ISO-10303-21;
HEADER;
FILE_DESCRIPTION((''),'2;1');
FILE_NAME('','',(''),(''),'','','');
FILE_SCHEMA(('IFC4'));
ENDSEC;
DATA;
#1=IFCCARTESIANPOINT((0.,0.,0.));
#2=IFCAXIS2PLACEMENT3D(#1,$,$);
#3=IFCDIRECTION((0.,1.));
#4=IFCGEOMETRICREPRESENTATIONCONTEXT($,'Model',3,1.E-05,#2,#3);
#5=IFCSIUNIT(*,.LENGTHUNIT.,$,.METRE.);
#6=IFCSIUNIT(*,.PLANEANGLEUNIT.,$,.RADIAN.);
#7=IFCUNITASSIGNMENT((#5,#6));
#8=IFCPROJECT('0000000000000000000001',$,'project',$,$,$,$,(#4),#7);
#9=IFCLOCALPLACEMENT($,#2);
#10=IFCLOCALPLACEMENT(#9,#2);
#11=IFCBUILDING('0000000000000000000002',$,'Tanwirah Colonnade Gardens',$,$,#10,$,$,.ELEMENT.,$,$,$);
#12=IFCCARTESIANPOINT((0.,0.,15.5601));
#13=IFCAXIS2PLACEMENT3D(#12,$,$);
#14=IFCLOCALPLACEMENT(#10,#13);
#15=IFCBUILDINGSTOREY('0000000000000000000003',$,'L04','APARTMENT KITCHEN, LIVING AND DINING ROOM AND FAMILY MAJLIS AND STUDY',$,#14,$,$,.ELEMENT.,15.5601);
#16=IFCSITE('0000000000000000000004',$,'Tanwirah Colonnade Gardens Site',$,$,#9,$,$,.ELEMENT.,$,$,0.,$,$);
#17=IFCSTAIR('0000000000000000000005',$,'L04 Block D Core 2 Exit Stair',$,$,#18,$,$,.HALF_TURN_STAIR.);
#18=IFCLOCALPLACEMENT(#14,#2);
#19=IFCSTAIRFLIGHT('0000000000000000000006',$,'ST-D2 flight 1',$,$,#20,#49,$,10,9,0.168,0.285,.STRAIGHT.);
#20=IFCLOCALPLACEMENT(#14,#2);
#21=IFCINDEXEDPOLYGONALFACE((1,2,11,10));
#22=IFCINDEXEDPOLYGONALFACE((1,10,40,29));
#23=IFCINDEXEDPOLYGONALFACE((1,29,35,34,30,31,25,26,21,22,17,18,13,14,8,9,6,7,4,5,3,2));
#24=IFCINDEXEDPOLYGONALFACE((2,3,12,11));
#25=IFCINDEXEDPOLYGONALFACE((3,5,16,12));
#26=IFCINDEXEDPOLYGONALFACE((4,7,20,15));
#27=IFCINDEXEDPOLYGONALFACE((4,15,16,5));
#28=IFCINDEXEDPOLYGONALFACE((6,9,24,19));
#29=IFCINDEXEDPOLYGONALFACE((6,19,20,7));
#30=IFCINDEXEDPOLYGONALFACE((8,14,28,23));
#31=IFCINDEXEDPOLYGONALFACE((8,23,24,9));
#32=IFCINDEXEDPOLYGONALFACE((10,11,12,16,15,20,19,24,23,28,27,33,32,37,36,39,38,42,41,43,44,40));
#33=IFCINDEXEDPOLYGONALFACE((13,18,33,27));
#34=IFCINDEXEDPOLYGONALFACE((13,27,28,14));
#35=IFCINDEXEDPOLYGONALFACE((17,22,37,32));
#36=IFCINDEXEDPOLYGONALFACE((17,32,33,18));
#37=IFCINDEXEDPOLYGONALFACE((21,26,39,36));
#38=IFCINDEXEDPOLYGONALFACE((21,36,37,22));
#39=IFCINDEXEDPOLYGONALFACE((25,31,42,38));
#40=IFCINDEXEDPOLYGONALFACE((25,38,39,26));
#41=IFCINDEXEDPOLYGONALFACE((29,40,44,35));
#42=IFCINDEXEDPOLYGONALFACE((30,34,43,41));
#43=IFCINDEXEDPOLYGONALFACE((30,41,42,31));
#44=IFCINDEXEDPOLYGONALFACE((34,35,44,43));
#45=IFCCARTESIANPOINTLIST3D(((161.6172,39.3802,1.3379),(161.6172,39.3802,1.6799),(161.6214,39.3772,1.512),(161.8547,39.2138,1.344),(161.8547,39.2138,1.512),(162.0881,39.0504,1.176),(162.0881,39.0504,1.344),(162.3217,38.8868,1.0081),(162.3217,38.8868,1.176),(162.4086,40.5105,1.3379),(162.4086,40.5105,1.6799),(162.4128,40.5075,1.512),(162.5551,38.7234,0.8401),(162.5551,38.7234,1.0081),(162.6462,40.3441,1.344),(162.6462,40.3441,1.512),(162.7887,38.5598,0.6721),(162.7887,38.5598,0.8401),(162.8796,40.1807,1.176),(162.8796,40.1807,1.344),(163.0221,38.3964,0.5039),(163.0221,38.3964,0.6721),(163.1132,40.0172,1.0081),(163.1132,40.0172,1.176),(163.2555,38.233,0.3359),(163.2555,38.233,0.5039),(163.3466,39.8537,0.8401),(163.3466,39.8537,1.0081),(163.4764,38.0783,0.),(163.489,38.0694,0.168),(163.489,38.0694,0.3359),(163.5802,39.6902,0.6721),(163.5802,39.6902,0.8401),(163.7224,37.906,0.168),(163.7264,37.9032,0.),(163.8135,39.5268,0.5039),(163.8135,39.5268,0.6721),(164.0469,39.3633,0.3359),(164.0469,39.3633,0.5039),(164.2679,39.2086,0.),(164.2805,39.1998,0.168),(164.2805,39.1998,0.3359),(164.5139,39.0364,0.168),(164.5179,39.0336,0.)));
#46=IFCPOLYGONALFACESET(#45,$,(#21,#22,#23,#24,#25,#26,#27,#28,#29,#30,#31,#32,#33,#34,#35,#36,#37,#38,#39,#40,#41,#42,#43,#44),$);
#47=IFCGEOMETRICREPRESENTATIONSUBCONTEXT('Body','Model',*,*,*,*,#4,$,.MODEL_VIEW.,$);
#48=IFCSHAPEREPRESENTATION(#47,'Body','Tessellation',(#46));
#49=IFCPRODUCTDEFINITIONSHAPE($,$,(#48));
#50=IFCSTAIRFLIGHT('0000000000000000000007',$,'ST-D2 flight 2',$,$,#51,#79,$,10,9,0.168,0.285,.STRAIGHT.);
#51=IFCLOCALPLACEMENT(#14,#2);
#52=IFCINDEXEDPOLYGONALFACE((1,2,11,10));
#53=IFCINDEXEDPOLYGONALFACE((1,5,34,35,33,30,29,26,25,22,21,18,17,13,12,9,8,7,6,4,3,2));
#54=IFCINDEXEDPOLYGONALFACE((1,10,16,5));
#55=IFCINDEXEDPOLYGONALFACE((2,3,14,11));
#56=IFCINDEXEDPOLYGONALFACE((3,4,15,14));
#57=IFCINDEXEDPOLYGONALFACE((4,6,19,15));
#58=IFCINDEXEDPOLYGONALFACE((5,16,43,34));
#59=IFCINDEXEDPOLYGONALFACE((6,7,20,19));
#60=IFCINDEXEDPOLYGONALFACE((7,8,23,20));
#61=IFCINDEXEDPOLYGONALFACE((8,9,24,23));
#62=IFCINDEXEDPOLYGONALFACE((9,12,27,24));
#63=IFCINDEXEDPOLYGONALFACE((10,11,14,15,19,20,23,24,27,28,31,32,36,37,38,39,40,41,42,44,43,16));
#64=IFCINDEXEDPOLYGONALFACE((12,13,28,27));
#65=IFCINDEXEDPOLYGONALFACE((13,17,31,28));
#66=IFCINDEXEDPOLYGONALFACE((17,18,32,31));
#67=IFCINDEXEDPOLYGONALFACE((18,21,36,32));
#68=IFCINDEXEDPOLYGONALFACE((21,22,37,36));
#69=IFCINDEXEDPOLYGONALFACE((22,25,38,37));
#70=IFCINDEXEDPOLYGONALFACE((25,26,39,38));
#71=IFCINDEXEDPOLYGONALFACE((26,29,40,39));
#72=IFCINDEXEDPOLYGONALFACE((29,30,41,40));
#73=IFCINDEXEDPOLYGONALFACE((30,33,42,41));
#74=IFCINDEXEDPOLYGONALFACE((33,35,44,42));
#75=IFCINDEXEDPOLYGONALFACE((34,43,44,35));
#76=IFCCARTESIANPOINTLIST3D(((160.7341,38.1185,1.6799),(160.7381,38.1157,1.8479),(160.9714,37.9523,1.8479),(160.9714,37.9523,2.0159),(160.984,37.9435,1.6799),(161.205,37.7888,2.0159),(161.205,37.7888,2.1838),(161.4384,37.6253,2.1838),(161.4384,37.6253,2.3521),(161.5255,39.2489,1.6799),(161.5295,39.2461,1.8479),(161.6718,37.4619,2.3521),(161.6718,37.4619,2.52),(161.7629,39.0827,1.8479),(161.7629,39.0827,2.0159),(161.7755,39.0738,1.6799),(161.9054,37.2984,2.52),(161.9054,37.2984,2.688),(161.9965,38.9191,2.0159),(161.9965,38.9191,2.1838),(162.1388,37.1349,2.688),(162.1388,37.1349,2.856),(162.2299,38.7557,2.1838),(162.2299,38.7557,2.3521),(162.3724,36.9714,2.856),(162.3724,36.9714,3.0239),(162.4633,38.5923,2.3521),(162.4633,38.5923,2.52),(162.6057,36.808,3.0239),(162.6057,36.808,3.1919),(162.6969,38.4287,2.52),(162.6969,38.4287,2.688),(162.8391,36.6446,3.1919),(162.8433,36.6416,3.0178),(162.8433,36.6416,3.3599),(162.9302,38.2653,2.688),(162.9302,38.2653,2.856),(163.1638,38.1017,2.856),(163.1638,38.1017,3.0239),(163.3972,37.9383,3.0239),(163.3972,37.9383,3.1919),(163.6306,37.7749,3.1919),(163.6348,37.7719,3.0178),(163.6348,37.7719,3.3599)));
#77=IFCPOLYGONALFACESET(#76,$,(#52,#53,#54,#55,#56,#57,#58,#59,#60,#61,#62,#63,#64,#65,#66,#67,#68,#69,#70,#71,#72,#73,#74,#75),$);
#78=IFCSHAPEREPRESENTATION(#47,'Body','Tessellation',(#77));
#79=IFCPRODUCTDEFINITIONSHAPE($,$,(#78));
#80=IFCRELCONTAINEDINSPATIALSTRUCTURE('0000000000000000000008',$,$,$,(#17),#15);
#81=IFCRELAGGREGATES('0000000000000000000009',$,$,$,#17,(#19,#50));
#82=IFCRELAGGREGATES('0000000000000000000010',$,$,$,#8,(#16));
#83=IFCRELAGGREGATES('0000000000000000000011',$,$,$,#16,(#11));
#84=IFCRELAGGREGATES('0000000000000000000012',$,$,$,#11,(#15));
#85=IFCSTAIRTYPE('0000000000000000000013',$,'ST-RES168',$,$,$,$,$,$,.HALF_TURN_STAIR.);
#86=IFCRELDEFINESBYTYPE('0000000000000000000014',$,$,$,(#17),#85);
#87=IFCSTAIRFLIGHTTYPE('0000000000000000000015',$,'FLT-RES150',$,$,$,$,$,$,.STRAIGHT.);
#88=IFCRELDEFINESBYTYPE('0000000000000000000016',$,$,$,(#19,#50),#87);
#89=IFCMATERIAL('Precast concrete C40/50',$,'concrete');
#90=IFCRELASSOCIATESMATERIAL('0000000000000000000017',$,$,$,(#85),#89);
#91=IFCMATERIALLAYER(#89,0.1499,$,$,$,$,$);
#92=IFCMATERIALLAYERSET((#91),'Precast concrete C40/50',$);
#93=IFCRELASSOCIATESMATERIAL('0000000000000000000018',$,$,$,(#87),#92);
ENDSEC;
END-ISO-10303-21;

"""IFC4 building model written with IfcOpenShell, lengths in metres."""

from ifc_helpers import new_model, si_unit, direction, frame, origin, place, context, subcontext, project, spatial, polyline, outline, extrude, material, layer, layer_set, type_object, element, aggregate, save


model = new_model("IFC4")

# Units and contexts
model_context = context("Model", 3, precision=1e-05, world=origin(), true_north=direction((0.0, 1.0)))
body_context = subcontext(model_context, "Body", "Model", "MODEL_VIEW")
ifc_project = project(units=[si_unit("LENGTHUNIT", "METRE"), si_unit("PLANEANGLEUNIT", "RADIAN")], contexts=[model_context])

# Site, building, storey
site_placement = place(None, origin())
site = spatial("IfcSite", under=ifc_project, at=site_placement, Name="Tanwirah Colonnade Gardens Site", CompositionType="ELEMENT", RefElevation=0.0)
building_placement = place(site_placement, origin())
building = spatial("IfcBuilding", under=site, at=building_placement, Name="Tanwirah Colonnade Gardens", CompositionType="ELEMENT")
storey_placement = place(building_placement, frame((0.0, 0.0, 15.5601)))
storey = spatial("IfcBuildingStorey", under=building, at=storey_placement, Name="L04", Description="APARTMENT KITCHEN, LIVING AND DINING ROOM AND FAMILY MAJLIS AND STUDY", CompositionType="ELEMENT", Elevation=15.5601)

# Shared definitions
ifc_material_1 = material(Name="Precast concrete C40/50", Category="concrete")

# Stair, stair flights
stair_type = type_object("IfcStairType", Name="ST-RES168", PredefinedType="HALF_TURN_STAIR", material=ifc_material_1)
stair_placement = place(storey_placement, origin())
stair = element("IfcStair", 1, at=stair_placement, inside=storey, type_object=stair_type, Name="L04 Block D Core 2 Exit Stair", PredefinedType="HALF_TURN_STAIR")
ifc_layer_1 = layer(ifc_material_1, 0.1499)
ifc_layer_set_1 = layer_set([ifc_layer_1], Name="Precast concrete C40/50")
stair_flight_type = type_object("IfcStairFlightType", Name="FLT-RES150", PredefinedType="STRAIGHT", material=ifc_layer_set_1)
stair_flight_1_placement = place(storey_placement, frame((164.1182, 38.4712, 0.0), z_axis=(0.0, 0.0, 1.0), x_axis=(-0.819152, 0.573576, 0.0)))
stair_flight_1 = element("IfcStairFlight", 2, at=stair_flight_1_placement, type_object=stair_flight_type, Name="ST-D2 flight 1", NumberOfRisers=10, NumberOfTreads=9, PredefinedType="STRAIGHT", RiserHeight=0.168, TreadLength=0.285, context=body_context, shape_type="SweptSolid", body=[
    extrude(outline(polyline([(-0.0049, 0.0), (0.0, 0.168), (0.2849, 0.168), (0.2849, 0.3359), (0.5701, 0.3359), (0.5701, 0.5039), (0.855, 0.5039), (0.855, 0.6721), (1.1399, 0.6721), (1.1399, 0.8401), (1.425, 0.8401), (1.425, 1.0081), (1.71, 1.0081), (1.71, 1.176), (1.9951, 1.176), (1.9951, 1.344), (2.28, 1.344), (2.28, 1.512), (2.5649, 1.512), (2.5701, 1.6799), (2.5701, 1.3379), (0.3003, 0.0), (-0.0049, 0.0)])), frame((0.0, 0.6899, 0.0), z_axis=(0.0, -1.0, 0.0), x_axis=(1.0, 0.0, 0.0)), (0.0, 0.0, 1.0), 1.3799),
])
stair_flight_2_placement = place(storey_placement, frame((161.1338, 38.6809, 1.6799), z_axis=(0.0, 0.0, 1.0), x_axis=(0.819152, -0.573576, 0.0)))
stair_flight_2 = element("IfcStairFlight", 3, at=stair_flight_2_placement, type_object=stair_flight_type, Name="ST-D2 flight 2", NumberOfRisers=10, NumberOfTreads=9, PredefinedType="STRAIGHT", RiserHeight=0.168, TreadLength=0.285, context=body_context, shape_type="SweptSolid", body=[
    extrude(outline(polyline([(-0.0049, 0.0), (0.0, 0.168), (0.2849, 0.168), (0.2849, 0.3359), (0.5701, 0.3359), (0.5701, 0.5039), (0.855, 0.5039), (0.855, 0.6721), (1.1399, 0.6721), (1.1399, 0.8401), (1.425, 0.8401), (1.425, 1.0081), (1.71, 1.0081), (1.71, 1.176), (1.9951, 1.176), (1.9951, 1.344), (2.28, 1.344), (2.28, 1.512), (2.5649, 1.512), (2.5701, 1.6799), (2.5701, 1.3379), (0.3003, 0.0), (-0.0049, 0.0)])), frame((0.0, 0.6899, 0.0), z_axis=(0.0, -1.0, 0.0), x_axis=(1.0, 0.0, 0.0)), (0.0, 0.0, 1.0), 1.3799),
])
aggregate(stair, [stair_flight_1, stair_flight_2])

save(model, "model.ifc")
